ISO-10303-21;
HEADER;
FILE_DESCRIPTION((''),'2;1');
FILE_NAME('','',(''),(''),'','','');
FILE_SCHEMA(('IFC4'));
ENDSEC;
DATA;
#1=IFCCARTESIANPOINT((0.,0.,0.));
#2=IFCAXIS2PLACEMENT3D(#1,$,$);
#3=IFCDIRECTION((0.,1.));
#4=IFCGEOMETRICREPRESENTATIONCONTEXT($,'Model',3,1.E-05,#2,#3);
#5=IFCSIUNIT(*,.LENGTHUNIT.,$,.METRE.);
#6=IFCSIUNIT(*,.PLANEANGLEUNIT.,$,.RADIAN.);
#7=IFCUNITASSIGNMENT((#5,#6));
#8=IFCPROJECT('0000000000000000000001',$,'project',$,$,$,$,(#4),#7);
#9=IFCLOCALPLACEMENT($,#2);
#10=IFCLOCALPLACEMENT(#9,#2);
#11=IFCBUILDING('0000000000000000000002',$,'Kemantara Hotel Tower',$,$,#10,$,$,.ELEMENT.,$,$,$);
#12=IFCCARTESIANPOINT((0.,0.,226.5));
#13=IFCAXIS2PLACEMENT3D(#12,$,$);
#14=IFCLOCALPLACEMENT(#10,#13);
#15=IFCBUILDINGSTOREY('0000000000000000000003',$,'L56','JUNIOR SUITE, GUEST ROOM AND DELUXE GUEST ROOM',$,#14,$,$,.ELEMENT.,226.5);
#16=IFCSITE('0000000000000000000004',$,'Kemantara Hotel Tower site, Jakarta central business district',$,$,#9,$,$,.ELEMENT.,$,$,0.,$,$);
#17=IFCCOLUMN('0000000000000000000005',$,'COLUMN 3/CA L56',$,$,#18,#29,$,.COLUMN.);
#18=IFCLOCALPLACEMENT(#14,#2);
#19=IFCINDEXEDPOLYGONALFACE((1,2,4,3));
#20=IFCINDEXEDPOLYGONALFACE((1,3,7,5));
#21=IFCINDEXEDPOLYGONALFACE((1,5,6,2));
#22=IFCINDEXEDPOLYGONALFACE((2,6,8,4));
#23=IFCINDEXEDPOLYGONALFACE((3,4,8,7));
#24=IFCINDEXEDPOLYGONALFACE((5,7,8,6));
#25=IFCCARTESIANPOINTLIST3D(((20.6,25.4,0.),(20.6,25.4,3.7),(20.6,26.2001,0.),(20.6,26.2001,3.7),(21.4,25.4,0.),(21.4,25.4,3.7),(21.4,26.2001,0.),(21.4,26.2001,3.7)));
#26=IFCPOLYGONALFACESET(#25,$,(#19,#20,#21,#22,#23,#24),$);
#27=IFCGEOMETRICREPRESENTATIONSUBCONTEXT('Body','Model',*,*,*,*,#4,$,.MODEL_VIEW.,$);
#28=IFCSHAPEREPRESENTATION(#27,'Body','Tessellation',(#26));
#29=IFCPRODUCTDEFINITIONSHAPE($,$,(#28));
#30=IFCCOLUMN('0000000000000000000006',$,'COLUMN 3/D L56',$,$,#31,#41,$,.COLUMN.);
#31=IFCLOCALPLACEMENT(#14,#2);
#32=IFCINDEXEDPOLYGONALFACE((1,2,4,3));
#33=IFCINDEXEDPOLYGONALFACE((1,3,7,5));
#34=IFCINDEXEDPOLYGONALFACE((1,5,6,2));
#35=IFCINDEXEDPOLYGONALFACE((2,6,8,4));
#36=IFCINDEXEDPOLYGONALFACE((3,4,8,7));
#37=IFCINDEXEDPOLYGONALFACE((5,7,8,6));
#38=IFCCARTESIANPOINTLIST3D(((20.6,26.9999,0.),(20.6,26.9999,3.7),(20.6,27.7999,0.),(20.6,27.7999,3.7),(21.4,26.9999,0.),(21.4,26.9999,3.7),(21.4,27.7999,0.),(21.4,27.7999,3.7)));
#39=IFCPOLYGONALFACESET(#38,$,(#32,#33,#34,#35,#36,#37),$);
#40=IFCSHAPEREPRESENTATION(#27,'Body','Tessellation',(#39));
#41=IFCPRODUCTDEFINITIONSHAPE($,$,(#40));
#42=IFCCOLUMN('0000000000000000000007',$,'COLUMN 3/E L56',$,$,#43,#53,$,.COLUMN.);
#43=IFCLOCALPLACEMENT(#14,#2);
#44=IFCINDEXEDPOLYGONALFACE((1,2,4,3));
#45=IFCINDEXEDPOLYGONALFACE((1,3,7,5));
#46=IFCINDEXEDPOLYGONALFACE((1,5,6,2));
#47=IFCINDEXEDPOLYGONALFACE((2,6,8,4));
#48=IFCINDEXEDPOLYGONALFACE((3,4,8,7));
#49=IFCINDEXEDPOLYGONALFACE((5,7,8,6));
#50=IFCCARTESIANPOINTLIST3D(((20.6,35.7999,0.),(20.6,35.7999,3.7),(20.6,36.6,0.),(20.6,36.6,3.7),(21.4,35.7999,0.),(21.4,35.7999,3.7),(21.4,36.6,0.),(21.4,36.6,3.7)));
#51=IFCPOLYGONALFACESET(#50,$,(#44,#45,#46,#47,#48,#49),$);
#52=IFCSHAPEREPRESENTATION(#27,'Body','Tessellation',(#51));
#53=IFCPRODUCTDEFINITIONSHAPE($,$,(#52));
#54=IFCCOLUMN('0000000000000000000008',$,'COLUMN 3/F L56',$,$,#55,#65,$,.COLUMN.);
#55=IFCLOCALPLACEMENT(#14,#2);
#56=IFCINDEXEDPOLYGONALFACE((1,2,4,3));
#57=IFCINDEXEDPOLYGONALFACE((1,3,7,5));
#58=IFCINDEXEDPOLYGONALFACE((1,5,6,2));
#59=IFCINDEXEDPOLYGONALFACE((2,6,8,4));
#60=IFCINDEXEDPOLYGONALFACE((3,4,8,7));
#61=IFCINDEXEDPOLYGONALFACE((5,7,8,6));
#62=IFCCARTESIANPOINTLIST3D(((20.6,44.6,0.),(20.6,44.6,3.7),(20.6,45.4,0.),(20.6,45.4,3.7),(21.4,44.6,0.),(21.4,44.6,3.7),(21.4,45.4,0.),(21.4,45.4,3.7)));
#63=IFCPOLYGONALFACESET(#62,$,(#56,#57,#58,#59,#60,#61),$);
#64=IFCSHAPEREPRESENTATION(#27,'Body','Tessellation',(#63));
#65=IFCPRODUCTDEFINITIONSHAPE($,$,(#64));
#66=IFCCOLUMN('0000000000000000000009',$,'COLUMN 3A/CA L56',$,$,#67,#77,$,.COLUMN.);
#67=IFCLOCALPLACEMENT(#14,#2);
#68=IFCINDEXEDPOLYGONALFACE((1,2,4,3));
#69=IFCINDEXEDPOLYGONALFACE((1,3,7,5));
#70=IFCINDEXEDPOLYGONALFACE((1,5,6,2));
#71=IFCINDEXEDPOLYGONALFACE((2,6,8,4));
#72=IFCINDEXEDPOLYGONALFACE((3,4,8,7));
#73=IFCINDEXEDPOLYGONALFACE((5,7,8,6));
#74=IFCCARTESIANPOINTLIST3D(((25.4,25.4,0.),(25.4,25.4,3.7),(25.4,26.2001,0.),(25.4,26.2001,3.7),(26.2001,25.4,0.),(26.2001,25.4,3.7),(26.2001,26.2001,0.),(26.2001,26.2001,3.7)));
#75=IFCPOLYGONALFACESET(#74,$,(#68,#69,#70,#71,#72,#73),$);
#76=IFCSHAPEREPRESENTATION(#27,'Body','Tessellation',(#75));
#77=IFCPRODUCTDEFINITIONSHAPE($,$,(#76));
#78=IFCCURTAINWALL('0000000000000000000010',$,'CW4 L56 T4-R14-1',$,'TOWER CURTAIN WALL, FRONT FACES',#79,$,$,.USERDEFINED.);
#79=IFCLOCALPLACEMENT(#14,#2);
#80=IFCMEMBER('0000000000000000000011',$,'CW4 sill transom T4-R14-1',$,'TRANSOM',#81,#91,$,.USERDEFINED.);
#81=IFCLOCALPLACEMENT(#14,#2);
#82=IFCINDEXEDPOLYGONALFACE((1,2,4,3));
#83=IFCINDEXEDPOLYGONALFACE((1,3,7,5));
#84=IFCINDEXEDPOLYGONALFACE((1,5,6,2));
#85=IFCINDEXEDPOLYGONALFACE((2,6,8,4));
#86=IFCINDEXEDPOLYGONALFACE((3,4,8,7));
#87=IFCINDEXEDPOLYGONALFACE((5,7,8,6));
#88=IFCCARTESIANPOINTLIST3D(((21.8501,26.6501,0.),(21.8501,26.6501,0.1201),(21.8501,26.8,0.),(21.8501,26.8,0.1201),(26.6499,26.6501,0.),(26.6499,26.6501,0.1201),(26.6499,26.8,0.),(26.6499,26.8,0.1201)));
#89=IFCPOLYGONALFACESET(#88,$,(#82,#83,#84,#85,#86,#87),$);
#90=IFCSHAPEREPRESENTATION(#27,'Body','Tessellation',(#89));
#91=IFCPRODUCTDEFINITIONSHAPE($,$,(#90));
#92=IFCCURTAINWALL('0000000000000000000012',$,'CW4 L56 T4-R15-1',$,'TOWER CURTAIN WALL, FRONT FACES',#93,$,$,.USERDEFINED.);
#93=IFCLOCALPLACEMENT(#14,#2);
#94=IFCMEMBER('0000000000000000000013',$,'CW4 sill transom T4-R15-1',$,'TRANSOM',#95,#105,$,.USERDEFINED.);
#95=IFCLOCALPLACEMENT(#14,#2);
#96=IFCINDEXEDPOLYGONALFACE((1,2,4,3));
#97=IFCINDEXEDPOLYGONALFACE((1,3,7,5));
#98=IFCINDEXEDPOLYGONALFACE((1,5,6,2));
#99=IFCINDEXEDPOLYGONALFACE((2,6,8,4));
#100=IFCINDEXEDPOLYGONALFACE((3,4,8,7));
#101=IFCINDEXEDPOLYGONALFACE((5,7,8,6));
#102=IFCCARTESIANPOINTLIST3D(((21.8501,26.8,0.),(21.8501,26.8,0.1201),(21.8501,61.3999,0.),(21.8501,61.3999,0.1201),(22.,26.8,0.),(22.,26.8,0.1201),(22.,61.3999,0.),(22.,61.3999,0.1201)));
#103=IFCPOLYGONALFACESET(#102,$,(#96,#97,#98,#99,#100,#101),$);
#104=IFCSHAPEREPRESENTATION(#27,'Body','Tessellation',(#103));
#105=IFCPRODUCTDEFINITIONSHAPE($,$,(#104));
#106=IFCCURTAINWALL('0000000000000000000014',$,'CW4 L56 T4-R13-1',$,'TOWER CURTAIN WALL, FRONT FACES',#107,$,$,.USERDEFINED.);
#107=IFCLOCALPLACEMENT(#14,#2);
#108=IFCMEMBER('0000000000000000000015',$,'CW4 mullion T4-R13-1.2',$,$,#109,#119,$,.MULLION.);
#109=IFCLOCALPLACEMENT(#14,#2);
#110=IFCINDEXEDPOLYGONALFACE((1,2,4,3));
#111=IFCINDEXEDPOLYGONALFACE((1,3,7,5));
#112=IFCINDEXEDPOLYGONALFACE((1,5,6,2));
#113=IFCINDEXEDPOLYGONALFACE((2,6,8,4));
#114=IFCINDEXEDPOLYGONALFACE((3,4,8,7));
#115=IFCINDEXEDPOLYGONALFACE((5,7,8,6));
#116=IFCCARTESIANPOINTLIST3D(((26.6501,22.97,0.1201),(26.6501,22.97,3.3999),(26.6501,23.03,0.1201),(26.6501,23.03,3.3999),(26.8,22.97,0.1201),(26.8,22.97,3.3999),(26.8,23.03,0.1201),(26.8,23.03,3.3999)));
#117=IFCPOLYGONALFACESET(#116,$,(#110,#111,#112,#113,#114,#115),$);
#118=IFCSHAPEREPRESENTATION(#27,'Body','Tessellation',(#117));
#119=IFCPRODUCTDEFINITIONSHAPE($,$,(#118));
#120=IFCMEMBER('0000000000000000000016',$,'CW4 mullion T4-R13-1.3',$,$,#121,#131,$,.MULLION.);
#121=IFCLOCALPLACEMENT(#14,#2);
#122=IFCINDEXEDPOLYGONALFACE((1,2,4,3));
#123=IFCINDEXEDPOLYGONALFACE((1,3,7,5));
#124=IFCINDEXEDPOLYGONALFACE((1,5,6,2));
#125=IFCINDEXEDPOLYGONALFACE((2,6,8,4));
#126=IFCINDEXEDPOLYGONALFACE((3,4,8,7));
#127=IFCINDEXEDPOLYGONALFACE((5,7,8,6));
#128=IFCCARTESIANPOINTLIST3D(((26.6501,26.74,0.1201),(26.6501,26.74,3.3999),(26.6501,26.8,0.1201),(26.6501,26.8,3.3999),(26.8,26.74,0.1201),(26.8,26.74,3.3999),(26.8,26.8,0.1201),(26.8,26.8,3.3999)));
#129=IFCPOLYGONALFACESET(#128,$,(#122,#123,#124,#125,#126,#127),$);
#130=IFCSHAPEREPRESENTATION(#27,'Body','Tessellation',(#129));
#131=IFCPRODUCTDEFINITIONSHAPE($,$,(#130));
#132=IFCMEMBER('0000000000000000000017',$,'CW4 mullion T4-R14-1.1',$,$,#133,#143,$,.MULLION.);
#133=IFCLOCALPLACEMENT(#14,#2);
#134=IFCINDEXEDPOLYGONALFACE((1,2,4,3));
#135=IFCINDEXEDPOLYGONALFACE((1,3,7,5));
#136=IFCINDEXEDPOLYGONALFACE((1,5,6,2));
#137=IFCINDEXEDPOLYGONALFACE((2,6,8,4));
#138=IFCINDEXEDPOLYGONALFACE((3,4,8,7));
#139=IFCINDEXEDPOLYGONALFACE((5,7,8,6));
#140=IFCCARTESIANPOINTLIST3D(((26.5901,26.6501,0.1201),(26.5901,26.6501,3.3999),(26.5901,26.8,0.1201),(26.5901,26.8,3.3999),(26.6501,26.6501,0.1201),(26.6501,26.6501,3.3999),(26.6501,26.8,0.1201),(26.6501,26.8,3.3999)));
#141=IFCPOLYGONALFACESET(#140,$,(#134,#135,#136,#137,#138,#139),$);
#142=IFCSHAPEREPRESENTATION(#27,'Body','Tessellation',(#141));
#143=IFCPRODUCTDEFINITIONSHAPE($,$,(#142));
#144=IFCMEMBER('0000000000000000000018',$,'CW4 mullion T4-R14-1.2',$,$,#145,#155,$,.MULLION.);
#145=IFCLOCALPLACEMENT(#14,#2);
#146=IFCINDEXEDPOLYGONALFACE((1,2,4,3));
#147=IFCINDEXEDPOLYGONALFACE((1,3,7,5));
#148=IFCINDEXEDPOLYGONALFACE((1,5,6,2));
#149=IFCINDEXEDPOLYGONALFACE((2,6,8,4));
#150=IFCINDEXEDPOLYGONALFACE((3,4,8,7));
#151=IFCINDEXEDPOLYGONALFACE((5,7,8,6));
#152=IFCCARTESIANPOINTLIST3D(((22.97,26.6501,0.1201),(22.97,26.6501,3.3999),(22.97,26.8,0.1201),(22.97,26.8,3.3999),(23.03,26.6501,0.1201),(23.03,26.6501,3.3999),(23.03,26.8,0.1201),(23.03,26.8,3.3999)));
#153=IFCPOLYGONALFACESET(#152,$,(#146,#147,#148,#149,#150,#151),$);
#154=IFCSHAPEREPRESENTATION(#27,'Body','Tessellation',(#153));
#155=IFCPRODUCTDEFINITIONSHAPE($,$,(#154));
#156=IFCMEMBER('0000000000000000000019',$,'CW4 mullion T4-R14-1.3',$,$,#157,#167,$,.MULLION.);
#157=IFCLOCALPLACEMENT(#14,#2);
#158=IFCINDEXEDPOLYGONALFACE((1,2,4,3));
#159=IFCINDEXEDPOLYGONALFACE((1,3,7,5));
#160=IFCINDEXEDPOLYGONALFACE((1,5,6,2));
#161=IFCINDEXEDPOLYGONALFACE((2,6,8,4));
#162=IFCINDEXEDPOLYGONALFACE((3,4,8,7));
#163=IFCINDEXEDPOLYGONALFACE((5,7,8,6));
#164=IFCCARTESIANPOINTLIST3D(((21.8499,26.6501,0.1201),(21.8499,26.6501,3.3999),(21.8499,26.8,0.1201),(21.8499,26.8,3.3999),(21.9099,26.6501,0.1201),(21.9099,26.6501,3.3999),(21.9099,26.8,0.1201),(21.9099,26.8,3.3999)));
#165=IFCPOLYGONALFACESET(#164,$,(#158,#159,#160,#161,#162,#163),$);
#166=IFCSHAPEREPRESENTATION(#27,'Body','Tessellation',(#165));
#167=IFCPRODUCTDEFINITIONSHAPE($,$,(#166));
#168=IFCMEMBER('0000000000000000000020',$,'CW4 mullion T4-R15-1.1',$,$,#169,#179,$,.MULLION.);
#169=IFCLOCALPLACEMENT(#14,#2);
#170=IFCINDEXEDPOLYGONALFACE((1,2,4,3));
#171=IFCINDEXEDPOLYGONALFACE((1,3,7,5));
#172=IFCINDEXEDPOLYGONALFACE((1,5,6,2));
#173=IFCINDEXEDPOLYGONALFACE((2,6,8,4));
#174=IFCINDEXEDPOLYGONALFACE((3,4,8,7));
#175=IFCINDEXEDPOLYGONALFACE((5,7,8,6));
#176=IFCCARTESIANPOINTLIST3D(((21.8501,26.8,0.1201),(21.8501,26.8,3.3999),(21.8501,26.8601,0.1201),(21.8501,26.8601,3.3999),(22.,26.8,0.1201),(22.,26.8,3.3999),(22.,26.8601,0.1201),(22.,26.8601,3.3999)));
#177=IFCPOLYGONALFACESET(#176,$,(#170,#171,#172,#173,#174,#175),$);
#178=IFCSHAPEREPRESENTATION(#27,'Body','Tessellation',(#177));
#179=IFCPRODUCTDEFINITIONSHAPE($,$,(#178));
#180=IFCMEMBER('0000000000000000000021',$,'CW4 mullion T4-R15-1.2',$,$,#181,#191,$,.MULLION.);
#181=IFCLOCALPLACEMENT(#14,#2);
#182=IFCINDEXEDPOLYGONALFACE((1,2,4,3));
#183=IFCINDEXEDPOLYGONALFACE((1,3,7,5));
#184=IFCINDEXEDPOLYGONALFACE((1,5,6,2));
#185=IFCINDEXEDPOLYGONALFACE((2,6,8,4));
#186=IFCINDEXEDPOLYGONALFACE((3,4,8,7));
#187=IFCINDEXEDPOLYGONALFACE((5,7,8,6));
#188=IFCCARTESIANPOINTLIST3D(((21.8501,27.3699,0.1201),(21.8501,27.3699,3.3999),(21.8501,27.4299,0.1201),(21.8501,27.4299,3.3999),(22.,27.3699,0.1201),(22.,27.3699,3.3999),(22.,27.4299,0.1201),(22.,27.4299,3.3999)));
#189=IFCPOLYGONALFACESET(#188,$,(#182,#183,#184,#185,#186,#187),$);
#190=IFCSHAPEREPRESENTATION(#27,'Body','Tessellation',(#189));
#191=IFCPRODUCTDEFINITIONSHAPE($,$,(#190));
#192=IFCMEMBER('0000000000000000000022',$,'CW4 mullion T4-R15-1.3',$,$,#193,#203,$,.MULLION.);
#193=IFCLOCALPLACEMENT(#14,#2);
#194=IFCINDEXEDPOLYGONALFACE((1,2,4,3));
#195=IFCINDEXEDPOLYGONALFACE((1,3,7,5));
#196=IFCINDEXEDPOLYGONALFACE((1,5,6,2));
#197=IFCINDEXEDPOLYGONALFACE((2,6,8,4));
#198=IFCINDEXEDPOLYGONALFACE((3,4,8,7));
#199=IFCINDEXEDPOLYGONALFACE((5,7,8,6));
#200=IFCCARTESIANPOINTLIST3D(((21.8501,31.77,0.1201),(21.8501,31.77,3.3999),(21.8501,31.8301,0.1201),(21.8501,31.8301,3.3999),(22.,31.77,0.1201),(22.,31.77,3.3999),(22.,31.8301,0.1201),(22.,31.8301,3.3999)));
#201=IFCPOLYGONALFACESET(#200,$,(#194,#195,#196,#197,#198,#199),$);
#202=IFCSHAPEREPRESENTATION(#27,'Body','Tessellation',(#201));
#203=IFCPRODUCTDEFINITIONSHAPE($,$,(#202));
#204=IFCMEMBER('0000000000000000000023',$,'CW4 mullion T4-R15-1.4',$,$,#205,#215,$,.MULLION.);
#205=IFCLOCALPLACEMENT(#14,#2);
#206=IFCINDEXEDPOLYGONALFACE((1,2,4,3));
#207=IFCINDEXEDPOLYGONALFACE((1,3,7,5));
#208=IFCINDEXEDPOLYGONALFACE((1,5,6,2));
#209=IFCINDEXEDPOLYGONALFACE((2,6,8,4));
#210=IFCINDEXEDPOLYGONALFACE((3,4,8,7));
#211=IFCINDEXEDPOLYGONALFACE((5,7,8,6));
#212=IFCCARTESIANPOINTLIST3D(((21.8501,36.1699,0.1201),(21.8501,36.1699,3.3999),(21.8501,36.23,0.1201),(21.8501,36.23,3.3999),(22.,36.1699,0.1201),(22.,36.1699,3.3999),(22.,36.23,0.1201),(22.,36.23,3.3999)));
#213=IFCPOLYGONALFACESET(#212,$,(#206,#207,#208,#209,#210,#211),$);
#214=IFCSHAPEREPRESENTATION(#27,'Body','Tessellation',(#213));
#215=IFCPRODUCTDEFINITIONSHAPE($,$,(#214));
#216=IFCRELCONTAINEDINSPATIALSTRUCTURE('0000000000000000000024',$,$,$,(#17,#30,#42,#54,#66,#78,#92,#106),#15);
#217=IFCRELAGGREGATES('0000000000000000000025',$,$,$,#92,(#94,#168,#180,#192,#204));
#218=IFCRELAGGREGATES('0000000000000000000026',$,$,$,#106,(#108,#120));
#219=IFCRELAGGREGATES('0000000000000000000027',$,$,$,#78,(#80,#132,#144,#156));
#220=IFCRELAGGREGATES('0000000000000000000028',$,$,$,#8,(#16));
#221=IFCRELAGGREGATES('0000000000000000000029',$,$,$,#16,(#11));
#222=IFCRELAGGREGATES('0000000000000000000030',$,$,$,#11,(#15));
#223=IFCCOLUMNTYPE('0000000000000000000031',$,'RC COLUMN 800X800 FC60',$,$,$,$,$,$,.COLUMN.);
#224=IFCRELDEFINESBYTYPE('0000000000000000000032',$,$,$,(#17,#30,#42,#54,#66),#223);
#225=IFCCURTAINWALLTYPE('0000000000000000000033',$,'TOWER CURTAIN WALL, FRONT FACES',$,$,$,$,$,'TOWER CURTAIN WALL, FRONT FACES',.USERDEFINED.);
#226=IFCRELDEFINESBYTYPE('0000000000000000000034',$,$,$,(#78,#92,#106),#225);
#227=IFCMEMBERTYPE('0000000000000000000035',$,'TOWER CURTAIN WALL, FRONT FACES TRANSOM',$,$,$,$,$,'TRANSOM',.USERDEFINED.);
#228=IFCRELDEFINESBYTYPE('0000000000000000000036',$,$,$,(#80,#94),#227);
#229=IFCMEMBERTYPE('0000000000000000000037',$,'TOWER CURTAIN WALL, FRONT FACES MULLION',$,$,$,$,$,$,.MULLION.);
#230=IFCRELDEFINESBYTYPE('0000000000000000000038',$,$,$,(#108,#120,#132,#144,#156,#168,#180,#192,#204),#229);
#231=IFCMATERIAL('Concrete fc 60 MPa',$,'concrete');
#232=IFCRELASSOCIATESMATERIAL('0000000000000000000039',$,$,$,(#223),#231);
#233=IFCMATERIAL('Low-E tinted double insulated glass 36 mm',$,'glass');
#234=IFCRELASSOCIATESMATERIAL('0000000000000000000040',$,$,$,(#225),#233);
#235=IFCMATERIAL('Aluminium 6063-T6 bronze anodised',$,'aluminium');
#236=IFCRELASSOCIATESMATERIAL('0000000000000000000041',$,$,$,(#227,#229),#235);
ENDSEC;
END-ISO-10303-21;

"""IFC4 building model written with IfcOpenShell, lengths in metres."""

from ifc_helpers import new_model, si_unit, direction, frame, origin, origin_2d, place, context, subcontext, project, spatial, rectangle, extrude, source, transform, mapped, material, material_profile, profile_set, type_object, element, aggregate, save


model = new_model("IFC4")

# Units and contexts
model_context = context("Model", 3, precision=1e-05, world=origin(), true_north=direction((0.0, 1.0)))
body_context = subcontext(model_context, "Body", "Model", "MODEL_VIEW")
ifc_project = project(units=[si_unit("LENGTHUNIT", "METRE"), si_unit("PLANEANGLEUNIT", "RADIAN")], contexts=[model_context])

# Site, building, storey
site_placement = place(None, origin())
site = spatial("IfcSite", under=ifc_project, at=site_placement, Name="Kemantara Hotel Tower site, Jakarta central business district", CompositionType="ELEMENT", RefElevation=0.0)
building_placement = place(site_placement, origin())
building = spatial("IfcBuilding", under=site, at=building_placement, Name="Kemantara Hotel Tower", CompositionType="ELEMENT")
storey_placement = place(building_placement, frame((0.0, 0.0, 226.5)))
storey = spatial("IfcBuildingStorey", under=building, at=storey_placement, Name="L56", Description="JUNIOR SUITE, GUEST ROOM AND DELUXE GUEST ROOM", CompositionType="ELEMENT", Elevation=226.5)

# Columns
ifc_material_1 = material(Name="Concrete fc 60 MPa", Category="concrete")
ifc_material_profile_1 = material_profile(ifc_material_1, rectangle(XDim=0.8, YDim=0.8, at=origin_2d()), Name="RC 800X800")
ifc_profile_set_1 = profile_set([ifc_material_profile_1], Name="Concrete fc 60 MPa")
column_type = type_object("IfcColumnType", Name="RC COLUMN 800X800 FC60", PredefinedType="COLUMN", material=ifc_profile_set_1)
for number, where, z_axis, x_axis, name in (
    (1, (21.0, 25.8, 0.0), (0.0, 0.0, 1.0), (1.0, 0.0, 0.0), "COLUMN 3/CA L56"),
    (2, (21.0, 27.3999, 0.0), (0.0, 0.0, 1.0), (1.0, 0.0, 0.0), "COLUMN 3/D L56"),
    (3, (21.0, 36.2, 0.0), (0.0, 0.0, 1.0), (1.0, 0.0, 0.0), "COLUMN 3/E L56"),
    (4, (21.0, 45.0, 0.0), (0.0, 0.0, 1.0), (1.0, 0.0, 0.0), "COLUMN 3/F L56"),
    (5, (25.8, 25.8, 0.0), (0.0, 0.0, 1.0), (1.0, 0.0, 0.0), "COLUMN 3A/CA L56"),
):
    element("IfcColumn", number, at=place(storey_placement, frame(where, z_axis=z_axis, x_axis=x_axis)), inside=storey, type_object=column_type, Name=name, PredefinedType="COLUMN", context=body_context, shape_type="SweptSolid", body=[
        extrude(rectangle(XDim=0.8, YDim=0.8, at=origin_2d()), origin(), (0.0, 0.0, 1.0), 3.7),
    ])

# Curtain walls, members
ifc_material_2 = material(Name="Low-E tinted double insulated glass 36 mm", Category="glass")
curtain_wall_type = type_object("IfcCurtainWallType", Name="TOWER CURTAIN WALL, FRONT FACES", ElementType="TOWER CURTAIN WALL, FRONT FACES", PredefinedType="USERDEFINED", material=ifc_material_2)
curtain_wall_1_placement = place(storey_placement, origin())
curtain_wall_1 = element("IfcCurtainWall", 6, at=curtain_wall_1_placement, inside=storey, type_object=curtain_wall_type, Name="CW4 L56 T4-R14-1", ObjectType="TOWER CURTAIN WALL, FRONT FACES", PredefinedType="USERDEFINED")
ifc_material_3 = material(Name="Aluminium 6063-T6 bronze anodised", Category="aluminium")
ifc_material_profile_2 = material_profile(ifc_material_3, rectangle(XDim=0.1499, YDim=0.1201, at=origin_2d()), Name="TOWER CURTAIN WALL, FRONT FACES TRANSOM")
ifc_profile_set_2 = profile_set([ifc_material_profile_2], Name="Aluminium 6063-T6 bronze anodised")
member_type_1 = type_object("IfcMemberType", Name="TOWER CURTAIN WALL, FRONT FACES TRANSOM", ElementType="TRANSOM", PredefinedType="USERDEFINED", material=ifc_profile_set_2)
member_1_placement = place(storey_placement, frame((26.6499, 26.7251, 0.0601), z_axis=(-1.0, 0.0, 0.0), x_axis=(0.0, -1.0, 0.0)))
member_1 = element("IfcMember", 7, at=member_1_placement, type_object=member_type_1, Name="CW4 sill transom T4-R14-1", ObjectType="TRANSOM", PredefinedType="USERDEFINED", context=body_context, shape_type="SweptSolid", body=[
    extrude(rectangle(XDim=0.1499, YDim=0.1201, at=origin_2d()), origin(), (0.0, 0.0, 1.0), 4.7998),
])
curtain_wall_2_placement = place(storey_placement, origin())
curtain_wall_2 = element("IfcCurtainWall", 8, at=curtain_wall_2_placement, inside=storey, type_object=curtain_wall_type, Name="CW4 L56 T4-R15-1", ObjectType="TOWER CURTAIN WALL, FRONT FACES", PredefinedType="USERDEFINED")
member_2_placement = place(storey_placement, frame((21.925, 26.8, 0.0601), z_axis=(0.0, 1.0, 0.0), x_axis=(-1.0, 0.0, 0.0)))
member_2 = element("IfcMember", 9, at=member_2_placement, type_object=member_type_1, Name="CW4 sill transom T4-R15-1", ObjectType="TRANSOM", PredefinedType="USERDEFINED", context=body_context, shape_type="SweptSolid", body=[
    extrude(rectangle(XDim=0.1499, YDim=0.1201, at=origin_2d()), origin(), (0.0, 0.0, 1.0), 34.5999),
])

# Curtain wall, members
curtain_wall_3_placement = place(storey_placement, origin())
curtain_wall_3 = element("IfcCurtainWall", 10, at=curtain_wall_3_placement, inside=storey, type_object=curtain_wall_type, Name="CW4 L56 T4-R13-1", ObjectType="TOWER CURTAIN WALL, FRONT FACES", PredefinedType="USERDEFINED")
ifc_material_profile_3 = material_profile(ifc_material_3, rectangle(XDim=0.1499, YDim=0.0601, at=origin_2d()), Name="TOWER CURTAIN WALL, FRONT FACES MULLION")
ifc_profile_set_3 = profile_set([ifc_material_profile_3], Name="Aluminium 6063-T6 bronze anodised")
member_type_2 = type_object("IfcMemberType", Name="TOWER CURTAIN WALL, FRONT FACES MULLION", PredefinedType="MULLION", material=ifc_profile_set_3)
shared_shape_1 = source(origin(), body_context, "Body", "SweptSolid", [
    extrude(rectangle(XDim=0.1499, YDim=0.0601, at=origin_2d()), origin(), (0.0, 0.0, 1.0), 3.2798),
])
member_3_placement = place(storey_placement, frame((26.7251, 23.0, 0.1201), z_axis=(0.0, 0.0, 1.0), x_axis=(-1.0, 0.0, 0.0)))
member_3 = element("IfcMember", 11, at=member_3_placement, type_object=member_type_2, Name="CW4 mullion T4-R13-1.2", PredefinedType="MULLION", context=body_context, shape_type="MappedRepresentation", body=[
    mapped(shared_shape_1, transform((0.0, 0.0, 0.0))),
])
member_4_placement = place(storey_placement, frame((26.7251, 26.77, 0.1201), z_axis=(0.0, 0.0, 1.0), x_axis=(-1.0, 0.0, 0.0)))
member_4 = element("IfcMember", 12, at=member_4_placement, type_object=member_type_2, Name="CW4 mullion T4-R13-1.3", PredefinedType="MULLION", context=body_context, shape_type="MappedRepresentation", body=[
    mapped(shared_shape_1, transform((0.0, 0.0, 0.0))),
])

# Members
member_5_placement = place(storey_placement, frame((26.6201, 26.7251, 0.1201), z_axis=(0.0, 0.0, 1.0), x_axis=(0.0, -1.0, 0.0)))
member_5 = element("IfcMember", 13, at=member_5_placement, type_object=member_type_2, Name="CW4 mullion T4-R14-1.1", PredefinedType="MULLION", context=body_context, shape_type="MappedRepresentation", body=[
    mapped(shared_shape_1, transform((0.0, 0.0, 0.0))),
])
member_6_placement = place(storey_placement, frame((23.0, 26.7251, 0.1201), z_axis=(0.0, 0.0, 1.0), x_axis=(0.0, -1.0, 0.0)))
member_6 = element("IfcMember", 14, at=member_6_placement, type_object=member_type_2, Name="CW4 mullion T4-R14-1.2", PredefinedType="MULLION", context=body_context, shape_type="MappedRepresentation", body=[
    mapped(shared_shape_1, transform((0.0, 0.0, 0.0))),
])
member_7_placement = place(storey_placement, frame((21.8799, 26.7251, 0.1201), z_axis=(0.0, 0.0, 1.0), x_axis=(0.0, -1.0, 0.0)))
member_7 = element("IfcMember", 15, at=member_7_placement, type_object=member_type_2, Name="CW4 mullion T4-R14-1.3", PredefinedType="MULLION", context=body_context, shape_type="MappedRepresentation", body=[
    mapped(shared_shape_1, transform((0.0, 0.0, 0.0))),
])
member_8_placement = place(storey_placement, frame((21.925, 26.8301, 0.1201), z_axis=(0.0, 0.0, 1.0), x_axis=(-1.0, 0.0, 0.0)))
member_8 = element("IfcMember", 16, at=member_8_placement, type_object=member_type_2, Name="CW4 mullion T4-R15-1.1", PredefinedType="MULLION", context=body_context, shape_type="MappedRepresentation", body=[
    mapped(shared_shape_1, transform((0.0, 0.0, 0.0))),
])
member_9_placement = place(storey_placement, frame((21.925, 27.3999, 0.1201), z_axis=(0.0, 0.0, 1.0), x_axis=(-1.0, 0.0, 0.0)))
member_9 = element("IfcMember", 17, at=member_9_placement, type_object=member_type_2, Name="CW4 mullion T4-R15-1.2", PredefinedType="MULLION", context=body_context, shape_type="MappedRepresentation", body=[
    mapped(shared_shape_1, transform((0.0, 0.0, 0.0))),
])
member_10_placement = place(storey_placement, frame((21.925, 31.8, 0.1201), z_axis=(0.0, 0.0, 1.0), x_axis=(-1.0, 0.0, 0.0)))
member_10 = element("IfcMember", 18, at=member_10_placement, type_object=member_type_2, Name="CW4 mullion T4-R15-1.3", PredefinedType="MULLION", context=body_context, shape_type="MappedRepresentation", body=[
    mapped(shared_shape_1, transform((0.0, 0.0, 0.0))),
])
member_11_placement = place(storey_placement, frame((21.925, 36.2, 0.1201), z_axis=(0.0, 0.0, 1.0), x_axis=(-1.0, 0.0, 0.0)))
member_11 = element("IfcMember", 19, at=member_11_placement, type_object=member_type_2, Name="CW4 mullion T4-R15-1.4", PredefinedType="MULLION", context=body_context, shape_type="MappedRepresentation", body=[
    mapped(shared_shape_1, transform((0.0, 0.0, 0.0))),
])

aggregate(curtain_wall_2, [member_2, member_8, member_9, member_10, member_11])
aggregate(curtain_wall_3, [member_3, member_4])
aggregate(curtain_wall_1, [member_1, member_5, member_6, member_7])

save(model, "model.ifc")
